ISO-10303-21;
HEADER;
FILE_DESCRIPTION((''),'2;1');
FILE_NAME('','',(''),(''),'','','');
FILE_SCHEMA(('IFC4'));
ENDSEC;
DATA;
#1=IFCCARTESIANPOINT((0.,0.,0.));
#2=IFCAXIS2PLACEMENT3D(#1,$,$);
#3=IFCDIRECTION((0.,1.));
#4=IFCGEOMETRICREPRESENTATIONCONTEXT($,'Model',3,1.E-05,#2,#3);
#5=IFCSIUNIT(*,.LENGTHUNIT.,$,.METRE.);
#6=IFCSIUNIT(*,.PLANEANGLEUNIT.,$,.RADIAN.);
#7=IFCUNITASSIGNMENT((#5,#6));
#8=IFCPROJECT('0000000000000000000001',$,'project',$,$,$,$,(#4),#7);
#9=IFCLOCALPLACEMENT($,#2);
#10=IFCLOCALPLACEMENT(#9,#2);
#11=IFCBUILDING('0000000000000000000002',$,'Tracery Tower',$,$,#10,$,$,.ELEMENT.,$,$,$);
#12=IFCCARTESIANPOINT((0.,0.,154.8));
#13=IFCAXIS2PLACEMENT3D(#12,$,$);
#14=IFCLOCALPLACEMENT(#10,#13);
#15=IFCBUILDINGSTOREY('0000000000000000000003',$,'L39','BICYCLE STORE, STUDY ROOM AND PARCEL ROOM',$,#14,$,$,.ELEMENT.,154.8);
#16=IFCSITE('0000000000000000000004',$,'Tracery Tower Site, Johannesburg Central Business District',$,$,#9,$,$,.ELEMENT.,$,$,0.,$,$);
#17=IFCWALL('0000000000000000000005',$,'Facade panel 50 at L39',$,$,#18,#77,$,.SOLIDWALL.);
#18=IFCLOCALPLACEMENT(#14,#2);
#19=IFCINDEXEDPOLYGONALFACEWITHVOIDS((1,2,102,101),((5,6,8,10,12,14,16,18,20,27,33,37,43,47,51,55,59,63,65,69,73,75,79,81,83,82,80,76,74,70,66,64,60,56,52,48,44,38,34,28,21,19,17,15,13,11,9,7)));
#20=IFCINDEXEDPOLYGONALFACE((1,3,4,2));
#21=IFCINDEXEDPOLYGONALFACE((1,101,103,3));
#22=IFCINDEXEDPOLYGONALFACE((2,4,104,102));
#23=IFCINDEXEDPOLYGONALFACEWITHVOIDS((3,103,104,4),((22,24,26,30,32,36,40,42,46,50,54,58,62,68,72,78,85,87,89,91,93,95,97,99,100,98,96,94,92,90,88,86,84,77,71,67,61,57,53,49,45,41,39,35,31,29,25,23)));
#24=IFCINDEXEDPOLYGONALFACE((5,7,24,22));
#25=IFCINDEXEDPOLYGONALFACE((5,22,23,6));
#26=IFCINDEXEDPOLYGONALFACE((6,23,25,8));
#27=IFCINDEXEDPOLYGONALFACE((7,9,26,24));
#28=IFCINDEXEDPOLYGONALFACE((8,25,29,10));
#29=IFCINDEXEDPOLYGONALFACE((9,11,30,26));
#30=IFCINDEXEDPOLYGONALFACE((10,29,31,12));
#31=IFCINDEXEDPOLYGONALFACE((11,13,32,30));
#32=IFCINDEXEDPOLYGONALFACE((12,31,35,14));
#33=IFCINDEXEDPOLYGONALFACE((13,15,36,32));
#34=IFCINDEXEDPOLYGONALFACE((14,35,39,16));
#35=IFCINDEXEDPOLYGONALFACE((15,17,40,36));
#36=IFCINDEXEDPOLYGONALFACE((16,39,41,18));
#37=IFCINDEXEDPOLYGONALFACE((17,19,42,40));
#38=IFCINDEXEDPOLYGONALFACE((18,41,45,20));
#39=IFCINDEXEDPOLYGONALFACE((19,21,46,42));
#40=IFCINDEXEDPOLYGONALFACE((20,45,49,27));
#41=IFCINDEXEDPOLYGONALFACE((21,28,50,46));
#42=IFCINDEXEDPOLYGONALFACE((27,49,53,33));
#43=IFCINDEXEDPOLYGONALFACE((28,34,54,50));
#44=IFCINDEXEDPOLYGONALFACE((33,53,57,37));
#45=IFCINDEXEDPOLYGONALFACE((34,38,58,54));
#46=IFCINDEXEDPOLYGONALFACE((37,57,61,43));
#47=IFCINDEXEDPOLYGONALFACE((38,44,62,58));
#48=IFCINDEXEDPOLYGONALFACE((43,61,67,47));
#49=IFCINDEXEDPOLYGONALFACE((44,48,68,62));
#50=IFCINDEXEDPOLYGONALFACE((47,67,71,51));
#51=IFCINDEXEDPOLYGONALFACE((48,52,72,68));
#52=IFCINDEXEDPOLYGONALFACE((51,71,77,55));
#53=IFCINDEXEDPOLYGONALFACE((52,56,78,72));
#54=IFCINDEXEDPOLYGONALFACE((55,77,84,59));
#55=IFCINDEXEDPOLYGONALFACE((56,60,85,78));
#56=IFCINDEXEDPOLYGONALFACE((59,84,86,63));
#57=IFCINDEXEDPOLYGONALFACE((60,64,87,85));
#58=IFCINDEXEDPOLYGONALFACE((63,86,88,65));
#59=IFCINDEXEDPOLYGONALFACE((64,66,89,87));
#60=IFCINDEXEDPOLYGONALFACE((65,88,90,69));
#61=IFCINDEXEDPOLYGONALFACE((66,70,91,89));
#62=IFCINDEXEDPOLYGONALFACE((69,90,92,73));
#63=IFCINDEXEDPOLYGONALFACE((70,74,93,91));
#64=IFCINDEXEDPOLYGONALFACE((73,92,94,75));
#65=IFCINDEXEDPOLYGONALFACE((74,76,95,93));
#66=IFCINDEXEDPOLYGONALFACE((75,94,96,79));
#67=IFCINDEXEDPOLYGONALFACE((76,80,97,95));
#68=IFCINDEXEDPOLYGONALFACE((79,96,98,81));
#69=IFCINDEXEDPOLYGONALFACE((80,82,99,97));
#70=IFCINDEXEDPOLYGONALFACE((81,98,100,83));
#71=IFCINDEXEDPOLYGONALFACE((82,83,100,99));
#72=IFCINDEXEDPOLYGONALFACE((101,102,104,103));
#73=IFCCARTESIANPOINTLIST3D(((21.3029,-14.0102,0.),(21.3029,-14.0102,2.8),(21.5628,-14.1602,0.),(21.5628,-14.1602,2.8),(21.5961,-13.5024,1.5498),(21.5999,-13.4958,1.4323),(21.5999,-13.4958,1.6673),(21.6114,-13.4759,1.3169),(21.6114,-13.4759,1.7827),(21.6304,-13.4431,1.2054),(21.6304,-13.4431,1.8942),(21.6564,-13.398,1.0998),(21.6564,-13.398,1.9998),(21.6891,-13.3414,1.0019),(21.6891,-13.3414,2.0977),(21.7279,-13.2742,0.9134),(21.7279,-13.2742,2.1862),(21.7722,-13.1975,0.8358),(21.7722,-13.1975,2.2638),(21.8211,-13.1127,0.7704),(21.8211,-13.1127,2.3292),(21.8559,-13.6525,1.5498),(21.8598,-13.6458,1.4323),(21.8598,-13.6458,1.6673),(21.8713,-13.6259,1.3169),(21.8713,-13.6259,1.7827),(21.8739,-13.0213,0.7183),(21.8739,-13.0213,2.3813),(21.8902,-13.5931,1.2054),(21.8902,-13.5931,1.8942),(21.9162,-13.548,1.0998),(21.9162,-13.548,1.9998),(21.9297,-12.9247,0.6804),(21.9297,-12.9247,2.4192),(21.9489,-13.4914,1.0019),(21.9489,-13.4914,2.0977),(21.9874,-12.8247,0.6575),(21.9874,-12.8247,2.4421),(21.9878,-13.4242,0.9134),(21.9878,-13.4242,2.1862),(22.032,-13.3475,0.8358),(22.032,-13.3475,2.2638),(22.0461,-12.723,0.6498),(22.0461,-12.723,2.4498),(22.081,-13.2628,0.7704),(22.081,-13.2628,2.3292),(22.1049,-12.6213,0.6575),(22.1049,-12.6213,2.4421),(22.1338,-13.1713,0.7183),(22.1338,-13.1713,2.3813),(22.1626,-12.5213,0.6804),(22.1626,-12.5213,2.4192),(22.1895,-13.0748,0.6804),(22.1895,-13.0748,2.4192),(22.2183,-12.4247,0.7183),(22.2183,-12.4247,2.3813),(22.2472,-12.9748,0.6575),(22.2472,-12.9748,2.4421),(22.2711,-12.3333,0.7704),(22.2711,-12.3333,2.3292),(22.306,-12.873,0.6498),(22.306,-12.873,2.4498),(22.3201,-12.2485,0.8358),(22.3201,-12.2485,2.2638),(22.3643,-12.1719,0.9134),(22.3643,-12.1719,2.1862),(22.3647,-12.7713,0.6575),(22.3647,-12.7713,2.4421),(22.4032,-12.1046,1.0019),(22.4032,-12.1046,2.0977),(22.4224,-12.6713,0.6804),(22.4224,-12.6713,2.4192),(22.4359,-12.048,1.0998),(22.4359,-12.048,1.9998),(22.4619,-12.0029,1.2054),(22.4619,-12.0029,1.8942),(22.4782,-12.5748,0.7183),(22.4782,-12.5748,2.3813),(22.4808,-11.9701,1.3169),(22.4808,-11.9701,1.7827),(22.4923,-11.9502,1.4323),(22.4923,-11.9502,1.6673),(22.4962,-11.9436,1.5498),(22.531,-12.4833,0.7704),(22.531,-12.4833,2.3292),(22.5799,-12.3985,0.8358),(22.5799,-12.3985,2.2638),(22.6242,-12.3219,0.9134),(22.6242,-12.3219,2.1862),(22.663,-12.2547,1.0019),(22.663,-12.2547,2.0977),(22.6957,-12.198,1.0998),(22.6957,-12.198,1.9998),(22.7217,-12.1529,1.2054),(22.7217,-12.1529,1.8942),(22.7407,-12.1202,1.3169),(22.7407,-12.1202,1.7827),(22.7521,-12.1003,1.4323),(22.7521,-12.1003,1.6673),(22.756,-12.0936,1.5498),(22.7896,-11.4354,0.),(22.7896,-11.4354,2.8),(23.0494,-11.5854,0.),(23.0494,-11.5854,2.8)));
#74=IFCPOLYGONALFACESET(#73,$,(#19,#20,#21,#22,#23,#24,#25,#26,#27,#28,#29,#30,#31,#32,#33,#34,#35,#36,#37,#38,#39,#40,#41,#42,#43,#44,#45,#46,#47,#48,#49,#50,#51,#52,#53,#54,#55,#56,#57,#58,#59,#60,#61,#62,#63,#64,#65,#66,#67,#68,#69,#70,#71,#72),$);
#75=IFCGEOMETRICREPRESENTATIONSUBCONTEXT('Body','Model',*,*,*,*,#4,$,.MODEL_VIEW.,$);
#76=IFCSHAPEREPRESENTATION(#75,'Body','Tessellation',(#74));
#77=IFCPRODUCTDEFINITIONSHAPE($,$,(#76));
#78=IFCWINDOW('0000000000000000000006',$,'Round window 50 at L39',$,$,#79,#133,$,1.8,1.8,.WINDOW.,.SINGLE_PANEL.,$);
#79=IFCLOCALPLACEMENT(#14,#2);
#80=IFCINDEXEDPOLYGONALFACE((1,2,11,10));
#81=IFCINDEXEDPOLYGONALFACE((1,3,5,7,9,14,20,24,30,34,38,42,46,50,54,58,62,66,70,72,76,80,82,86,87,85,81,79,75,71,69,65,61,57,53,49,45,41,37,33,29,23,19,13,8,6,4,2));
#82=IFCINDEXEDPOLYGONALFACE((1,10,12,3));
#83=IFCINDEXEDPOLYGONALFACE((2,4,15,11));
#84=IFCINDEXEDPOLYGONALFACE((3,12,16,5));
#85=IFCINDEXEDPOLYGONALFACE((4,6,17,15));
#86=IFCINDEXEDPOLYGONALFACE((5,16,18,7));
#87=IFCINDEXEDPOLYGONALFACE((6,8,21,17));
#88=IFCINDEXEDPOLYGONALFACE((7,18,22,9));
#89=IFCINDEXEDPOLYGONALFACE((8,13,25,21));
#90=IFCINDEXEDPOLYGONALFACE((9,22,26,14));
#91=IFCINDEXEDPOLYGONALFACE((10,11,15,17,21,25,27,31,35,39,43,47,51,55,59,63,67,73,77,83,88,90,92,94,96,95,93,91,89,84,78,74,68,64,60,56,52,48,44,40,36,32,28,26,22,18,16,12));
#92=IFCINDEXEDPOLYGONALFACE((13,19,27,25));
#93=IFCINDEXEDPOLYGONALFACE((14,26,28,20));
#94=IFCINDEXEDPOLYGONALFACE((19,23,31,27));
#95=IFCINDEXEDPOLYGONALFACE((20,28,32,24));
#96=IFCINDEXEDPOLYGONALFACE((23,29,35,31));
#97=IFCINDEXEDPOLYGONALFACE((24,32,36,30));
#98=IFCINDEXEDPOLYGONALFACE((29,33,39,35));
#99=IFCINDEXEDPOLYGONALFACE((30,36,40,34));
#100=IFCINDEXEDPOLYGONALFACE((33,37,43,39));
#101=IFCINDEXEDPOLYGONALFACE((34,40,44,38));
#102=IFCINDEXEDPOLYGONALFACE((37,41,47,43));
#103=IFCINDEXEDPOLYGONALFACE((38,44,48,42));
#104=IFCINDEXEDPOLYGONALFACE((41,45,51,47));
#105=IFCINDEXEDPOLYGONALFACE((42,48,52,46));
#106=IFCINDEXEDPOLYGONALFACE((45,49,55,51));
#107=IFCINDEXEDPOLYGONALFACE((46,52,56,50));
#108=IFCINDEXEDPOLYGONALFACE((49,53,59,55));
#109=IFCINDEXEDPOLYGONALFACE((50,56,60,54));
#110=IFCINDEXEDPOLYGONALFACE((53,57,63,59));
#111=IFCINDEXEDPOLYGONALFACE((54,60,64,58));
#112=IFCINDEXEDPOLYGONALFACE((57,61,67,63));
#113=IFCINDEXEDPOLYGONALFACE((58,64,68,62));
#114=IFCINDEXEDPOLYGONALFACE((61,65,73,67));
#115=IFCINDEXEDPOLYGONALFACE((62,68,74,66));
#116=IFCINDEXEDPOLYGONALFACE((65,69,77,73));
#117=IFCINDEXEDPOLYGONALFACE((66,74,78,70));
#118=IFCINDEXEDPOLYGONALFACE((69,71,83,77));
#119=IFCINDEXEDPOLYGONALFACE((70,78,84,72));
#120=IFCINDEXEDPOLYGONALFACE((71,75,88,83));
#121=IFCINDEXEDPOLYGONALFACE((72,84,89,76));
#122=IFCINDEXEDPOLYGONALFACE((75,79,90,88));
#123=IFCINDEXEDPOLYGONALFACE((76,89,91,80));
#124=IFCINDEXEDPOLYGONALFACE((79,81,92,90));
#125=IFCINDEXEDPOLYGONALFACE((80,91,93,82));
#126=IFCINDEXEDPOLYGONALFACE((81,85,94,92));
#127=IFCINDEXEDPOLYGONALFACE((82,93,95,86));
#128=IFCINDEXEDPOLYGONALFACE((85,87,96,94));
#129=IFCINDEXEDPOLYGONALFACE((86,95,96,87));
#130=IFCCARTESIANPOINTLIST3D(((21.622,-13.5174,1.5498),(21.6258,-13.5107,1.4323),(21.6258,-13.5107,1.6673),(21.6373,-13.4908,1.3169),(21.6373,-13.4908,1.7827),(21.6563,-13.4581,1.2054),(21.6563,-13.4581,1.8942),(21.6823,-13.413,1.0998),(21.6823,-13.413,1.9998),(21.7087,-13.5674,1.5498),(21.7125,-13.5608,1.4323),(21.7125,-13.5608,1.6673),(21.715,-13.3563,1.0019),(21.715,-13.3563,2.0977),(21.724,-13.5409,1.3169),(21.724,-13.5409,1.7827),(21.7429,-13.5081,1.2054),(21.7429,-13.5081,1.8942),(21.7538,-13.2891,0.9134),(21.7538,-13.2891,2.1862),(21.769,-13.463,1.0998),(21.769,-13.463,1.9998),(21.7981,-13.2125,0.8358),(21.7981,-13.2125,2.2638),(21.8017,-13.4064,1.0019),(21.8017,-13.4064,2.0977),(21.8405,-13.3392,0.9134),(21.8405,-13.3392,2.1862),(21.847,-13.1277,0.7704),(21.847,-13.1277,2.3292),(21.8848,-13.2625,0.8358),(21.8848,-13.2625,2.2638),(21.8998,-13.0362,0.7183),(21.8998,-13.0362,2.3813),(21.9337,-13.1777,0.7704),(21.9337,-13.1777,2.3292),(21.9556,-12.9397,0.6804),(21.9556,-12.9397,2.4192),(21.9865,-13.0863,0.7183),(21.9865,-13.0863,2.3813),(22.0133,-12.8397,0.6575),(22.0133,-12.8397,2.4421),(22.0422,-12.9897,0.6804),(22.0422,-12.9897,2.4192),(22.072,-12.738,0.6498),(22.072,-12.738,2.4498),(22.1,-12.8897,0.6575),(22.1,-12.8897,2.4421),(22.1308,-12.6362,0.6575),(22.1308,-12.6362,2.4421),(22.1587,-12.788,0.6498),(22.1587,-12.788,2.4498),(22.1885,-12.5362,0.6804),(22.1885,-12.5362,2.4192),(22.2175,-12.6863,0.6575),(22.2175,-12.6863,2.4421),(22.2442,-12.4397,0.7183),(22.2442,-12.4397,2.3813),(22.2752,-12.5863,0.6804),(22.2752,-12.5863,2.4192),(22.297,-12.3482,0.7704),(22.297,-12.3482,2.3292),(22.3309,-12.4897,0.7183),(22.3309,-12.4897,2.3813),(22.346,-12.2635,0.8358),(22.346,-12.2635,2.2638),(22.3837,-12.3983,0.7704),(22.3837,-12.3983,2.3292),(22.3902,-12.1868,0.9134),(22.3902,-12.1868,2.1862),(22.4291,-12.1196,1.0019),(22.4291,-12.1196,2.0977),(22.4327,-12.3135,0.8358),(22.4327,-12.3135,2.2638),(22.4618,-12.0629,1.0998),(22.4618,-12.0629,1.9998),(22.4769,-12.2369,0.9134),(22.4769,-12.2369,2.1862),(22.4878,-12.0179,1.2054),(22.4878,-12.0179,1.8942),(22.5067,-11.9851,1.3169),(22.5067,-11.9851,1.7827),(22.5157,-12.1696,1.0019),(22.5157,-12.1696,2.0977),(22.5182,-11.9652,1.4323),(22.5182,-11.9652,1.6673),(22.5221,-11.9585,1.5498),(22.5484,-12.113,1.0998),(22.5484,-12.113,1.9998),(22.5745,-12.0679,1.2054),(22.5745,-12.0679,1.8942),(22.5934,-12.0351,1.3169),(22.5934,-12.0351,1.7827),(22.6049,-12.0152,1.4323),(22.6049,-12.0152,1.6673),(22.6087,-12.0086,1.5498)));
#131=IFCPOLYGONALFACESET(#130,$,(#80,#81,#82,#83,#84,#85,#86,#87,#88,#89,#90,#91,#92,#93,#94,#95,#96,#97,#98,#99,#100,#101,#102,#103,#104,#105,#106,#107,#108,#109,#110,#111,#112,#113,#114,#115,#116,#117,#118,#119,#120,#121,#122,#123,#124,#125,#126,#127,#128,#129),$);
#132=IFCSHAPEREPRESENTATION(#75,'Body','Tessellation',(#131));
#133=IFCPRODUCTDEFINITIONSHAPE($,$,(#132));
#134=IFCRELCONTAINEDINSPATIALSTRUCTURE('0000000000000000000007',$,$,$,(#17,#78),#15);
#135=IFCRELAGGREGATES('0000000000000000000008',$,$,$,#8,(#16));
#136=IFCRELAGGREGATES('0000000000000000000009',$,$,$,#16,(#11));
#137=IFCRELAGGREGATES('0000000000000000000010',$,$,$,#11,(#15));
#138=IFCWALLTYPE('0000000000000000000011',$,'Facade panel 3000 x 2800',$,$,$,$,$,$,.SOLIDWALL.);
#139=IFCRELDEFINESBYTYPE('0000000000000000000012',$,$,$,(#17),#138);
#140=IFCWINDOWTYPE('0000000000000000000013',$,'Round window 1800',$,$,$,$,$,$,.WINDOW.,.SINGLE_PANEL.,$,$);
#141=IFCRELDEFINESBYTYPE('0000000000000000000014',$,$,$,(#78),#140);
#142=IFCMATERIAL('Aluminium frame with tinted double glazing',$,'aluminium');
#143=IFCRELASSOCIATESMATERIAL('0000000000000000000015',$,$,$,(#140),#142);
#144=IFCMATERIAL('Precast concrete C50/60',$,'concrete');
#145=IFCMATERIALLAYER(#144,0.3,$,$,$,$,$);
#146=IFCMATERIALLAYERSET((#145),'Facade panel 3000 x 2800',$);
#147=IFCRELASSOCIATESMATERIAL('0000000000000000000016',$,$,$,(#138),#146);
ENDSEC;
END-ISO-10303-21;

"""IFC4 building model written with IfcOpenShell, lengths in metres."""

from ifc_helpers import new_model, si_unit, direction, frame, frame_2d, origin, origin_2d, place, context, subcontext, project, spatial, rectangle, circle, extrude, material, layer, layer_set, type_object, element, fill, save


model = new_model("IFC4")

# Units and contexts
model_context = context("Model", 3, precision=1e-05, world=origin(), true_north=direction((0.0, 1.0)))
body_context = subcontext(model_context, "Body", "Model", "MODEL_VIEW")
ifc_project = project(units=[si_unit("LENGTHUNIT", "METRE"), si_unit("PLANEANGLEUNIT", "RADIAN")], contexts=[model_context])

# Site, building, storey
site_placement = place(None, origin())
site = spatial("IfcSite", under=ifc_project, at=site_placement, Name="Tracery Tower Site, Johannesburg Central Business District", CompositionType="ELEMENT", RefElevation=0.0)
building_placement = place(site_placement, origin())
building = spatial("IfcBuilding", under=site, at=building_placement, Name="Tracery Tower", CompositionType="ELEMENT")
storey_placement = place(building_placement, frame((0.0, 0.0, 154.8)))
storey = spatial("IfcBuildingStorey", under=building, at=storey_placement, Name="L39", Description="BICYCLE STORE, STUDY ROOM AND PARCEL ROOM", CompositionType="ELEMENT", Elevation=154.8)

# Wall, opening, window
ifc_material_1 = material(Name="Aluminium frame with tinted double glazing", Category="aluminium")
window_type = type_object("IfcWindowType", Name="Round window 1800", PartitioningType="SINGLE_PANEL", PredefinedType="WINDOW", material=ifc_material_1)
ifc_material_2 = material(Name="Precast concrete C50/60", Category="concrete")
ifc_layer_1 = layer(ifc_material_2, 0.3)
ifc_layer_set_1 = layer_set([ifc_layer_1], Name="Facade panel 3000 x 2800")
wall_type_1 = type_object("IfcWallType", Name="Facade panel 3000 x 2800", PredefinedType="SOLIDWALL", material=ifc_layer_set_1)
wall_1_placement = place(storey_placement, frame((21.4329, -14.0852, 0.0), z_axis=(0.0, 0.0, 1.0), x_axis=(0.500016, 0.866016, 0.0)))
wall_1 = element("IfcWall", 1, at=wall_1_placement, inside=storey, type_object=wall_type_1, Name="Facade panel 50 at L39", PredefinedType="SOLIDWALL", context=body_context, shape_type="SweptSolid", body=[
    extrude(rectangle(XDim=2.9731, YDim=0.3, at=frame_2d((1.4866, 0.0))), origin(), (0.0, 0.0, 1.0), 2.8),
])
opening_1_placement = place(wall_1_placement, frame((1.4863, 0.0, 1.5498)))
opening_1 = element("IfcOpeningElement", 2, at=opening_1_placement, cuts=wall_1, PredefinedType="OPENING", context=body_context, shape_type="SweptSolid", body=[
    extrude(circle(Radius=0.9, at=origin_2d()), frame((0.0, 0.1599, 0.0), z_axis=(0.0, -1.0, 0.0), x_axis=(1.0, 0.0, 0.0)), (0.0, 0.0, 1.0), 0.3201),
])
window_1_placement = place(opening_1_placement, origin())
window_1 = element("IfcWindow", 3, at=window_1_placement, inside=storey, type_object=window_type, Name="Round window 50 at L39", OverallHeight=1.8, OverallWidth=1.8, PartitioningType="SINGLE_PANEL", PredefinedType="WINDOW", context=body_context, shape_type="SweptSolid", body=[
    extrude(circle(Radius=0.9, at=origin_2d()), frame((0.0, 0.1201, 0.0), z_axis=(0.0, -1.0, 0.0), x_axis=(1.0, 0.0, 0.0)), (0.0, 0.0, 1.0), 0.1001),
])
fill(opening_1, window_1)

save(model, "model.ifc")
